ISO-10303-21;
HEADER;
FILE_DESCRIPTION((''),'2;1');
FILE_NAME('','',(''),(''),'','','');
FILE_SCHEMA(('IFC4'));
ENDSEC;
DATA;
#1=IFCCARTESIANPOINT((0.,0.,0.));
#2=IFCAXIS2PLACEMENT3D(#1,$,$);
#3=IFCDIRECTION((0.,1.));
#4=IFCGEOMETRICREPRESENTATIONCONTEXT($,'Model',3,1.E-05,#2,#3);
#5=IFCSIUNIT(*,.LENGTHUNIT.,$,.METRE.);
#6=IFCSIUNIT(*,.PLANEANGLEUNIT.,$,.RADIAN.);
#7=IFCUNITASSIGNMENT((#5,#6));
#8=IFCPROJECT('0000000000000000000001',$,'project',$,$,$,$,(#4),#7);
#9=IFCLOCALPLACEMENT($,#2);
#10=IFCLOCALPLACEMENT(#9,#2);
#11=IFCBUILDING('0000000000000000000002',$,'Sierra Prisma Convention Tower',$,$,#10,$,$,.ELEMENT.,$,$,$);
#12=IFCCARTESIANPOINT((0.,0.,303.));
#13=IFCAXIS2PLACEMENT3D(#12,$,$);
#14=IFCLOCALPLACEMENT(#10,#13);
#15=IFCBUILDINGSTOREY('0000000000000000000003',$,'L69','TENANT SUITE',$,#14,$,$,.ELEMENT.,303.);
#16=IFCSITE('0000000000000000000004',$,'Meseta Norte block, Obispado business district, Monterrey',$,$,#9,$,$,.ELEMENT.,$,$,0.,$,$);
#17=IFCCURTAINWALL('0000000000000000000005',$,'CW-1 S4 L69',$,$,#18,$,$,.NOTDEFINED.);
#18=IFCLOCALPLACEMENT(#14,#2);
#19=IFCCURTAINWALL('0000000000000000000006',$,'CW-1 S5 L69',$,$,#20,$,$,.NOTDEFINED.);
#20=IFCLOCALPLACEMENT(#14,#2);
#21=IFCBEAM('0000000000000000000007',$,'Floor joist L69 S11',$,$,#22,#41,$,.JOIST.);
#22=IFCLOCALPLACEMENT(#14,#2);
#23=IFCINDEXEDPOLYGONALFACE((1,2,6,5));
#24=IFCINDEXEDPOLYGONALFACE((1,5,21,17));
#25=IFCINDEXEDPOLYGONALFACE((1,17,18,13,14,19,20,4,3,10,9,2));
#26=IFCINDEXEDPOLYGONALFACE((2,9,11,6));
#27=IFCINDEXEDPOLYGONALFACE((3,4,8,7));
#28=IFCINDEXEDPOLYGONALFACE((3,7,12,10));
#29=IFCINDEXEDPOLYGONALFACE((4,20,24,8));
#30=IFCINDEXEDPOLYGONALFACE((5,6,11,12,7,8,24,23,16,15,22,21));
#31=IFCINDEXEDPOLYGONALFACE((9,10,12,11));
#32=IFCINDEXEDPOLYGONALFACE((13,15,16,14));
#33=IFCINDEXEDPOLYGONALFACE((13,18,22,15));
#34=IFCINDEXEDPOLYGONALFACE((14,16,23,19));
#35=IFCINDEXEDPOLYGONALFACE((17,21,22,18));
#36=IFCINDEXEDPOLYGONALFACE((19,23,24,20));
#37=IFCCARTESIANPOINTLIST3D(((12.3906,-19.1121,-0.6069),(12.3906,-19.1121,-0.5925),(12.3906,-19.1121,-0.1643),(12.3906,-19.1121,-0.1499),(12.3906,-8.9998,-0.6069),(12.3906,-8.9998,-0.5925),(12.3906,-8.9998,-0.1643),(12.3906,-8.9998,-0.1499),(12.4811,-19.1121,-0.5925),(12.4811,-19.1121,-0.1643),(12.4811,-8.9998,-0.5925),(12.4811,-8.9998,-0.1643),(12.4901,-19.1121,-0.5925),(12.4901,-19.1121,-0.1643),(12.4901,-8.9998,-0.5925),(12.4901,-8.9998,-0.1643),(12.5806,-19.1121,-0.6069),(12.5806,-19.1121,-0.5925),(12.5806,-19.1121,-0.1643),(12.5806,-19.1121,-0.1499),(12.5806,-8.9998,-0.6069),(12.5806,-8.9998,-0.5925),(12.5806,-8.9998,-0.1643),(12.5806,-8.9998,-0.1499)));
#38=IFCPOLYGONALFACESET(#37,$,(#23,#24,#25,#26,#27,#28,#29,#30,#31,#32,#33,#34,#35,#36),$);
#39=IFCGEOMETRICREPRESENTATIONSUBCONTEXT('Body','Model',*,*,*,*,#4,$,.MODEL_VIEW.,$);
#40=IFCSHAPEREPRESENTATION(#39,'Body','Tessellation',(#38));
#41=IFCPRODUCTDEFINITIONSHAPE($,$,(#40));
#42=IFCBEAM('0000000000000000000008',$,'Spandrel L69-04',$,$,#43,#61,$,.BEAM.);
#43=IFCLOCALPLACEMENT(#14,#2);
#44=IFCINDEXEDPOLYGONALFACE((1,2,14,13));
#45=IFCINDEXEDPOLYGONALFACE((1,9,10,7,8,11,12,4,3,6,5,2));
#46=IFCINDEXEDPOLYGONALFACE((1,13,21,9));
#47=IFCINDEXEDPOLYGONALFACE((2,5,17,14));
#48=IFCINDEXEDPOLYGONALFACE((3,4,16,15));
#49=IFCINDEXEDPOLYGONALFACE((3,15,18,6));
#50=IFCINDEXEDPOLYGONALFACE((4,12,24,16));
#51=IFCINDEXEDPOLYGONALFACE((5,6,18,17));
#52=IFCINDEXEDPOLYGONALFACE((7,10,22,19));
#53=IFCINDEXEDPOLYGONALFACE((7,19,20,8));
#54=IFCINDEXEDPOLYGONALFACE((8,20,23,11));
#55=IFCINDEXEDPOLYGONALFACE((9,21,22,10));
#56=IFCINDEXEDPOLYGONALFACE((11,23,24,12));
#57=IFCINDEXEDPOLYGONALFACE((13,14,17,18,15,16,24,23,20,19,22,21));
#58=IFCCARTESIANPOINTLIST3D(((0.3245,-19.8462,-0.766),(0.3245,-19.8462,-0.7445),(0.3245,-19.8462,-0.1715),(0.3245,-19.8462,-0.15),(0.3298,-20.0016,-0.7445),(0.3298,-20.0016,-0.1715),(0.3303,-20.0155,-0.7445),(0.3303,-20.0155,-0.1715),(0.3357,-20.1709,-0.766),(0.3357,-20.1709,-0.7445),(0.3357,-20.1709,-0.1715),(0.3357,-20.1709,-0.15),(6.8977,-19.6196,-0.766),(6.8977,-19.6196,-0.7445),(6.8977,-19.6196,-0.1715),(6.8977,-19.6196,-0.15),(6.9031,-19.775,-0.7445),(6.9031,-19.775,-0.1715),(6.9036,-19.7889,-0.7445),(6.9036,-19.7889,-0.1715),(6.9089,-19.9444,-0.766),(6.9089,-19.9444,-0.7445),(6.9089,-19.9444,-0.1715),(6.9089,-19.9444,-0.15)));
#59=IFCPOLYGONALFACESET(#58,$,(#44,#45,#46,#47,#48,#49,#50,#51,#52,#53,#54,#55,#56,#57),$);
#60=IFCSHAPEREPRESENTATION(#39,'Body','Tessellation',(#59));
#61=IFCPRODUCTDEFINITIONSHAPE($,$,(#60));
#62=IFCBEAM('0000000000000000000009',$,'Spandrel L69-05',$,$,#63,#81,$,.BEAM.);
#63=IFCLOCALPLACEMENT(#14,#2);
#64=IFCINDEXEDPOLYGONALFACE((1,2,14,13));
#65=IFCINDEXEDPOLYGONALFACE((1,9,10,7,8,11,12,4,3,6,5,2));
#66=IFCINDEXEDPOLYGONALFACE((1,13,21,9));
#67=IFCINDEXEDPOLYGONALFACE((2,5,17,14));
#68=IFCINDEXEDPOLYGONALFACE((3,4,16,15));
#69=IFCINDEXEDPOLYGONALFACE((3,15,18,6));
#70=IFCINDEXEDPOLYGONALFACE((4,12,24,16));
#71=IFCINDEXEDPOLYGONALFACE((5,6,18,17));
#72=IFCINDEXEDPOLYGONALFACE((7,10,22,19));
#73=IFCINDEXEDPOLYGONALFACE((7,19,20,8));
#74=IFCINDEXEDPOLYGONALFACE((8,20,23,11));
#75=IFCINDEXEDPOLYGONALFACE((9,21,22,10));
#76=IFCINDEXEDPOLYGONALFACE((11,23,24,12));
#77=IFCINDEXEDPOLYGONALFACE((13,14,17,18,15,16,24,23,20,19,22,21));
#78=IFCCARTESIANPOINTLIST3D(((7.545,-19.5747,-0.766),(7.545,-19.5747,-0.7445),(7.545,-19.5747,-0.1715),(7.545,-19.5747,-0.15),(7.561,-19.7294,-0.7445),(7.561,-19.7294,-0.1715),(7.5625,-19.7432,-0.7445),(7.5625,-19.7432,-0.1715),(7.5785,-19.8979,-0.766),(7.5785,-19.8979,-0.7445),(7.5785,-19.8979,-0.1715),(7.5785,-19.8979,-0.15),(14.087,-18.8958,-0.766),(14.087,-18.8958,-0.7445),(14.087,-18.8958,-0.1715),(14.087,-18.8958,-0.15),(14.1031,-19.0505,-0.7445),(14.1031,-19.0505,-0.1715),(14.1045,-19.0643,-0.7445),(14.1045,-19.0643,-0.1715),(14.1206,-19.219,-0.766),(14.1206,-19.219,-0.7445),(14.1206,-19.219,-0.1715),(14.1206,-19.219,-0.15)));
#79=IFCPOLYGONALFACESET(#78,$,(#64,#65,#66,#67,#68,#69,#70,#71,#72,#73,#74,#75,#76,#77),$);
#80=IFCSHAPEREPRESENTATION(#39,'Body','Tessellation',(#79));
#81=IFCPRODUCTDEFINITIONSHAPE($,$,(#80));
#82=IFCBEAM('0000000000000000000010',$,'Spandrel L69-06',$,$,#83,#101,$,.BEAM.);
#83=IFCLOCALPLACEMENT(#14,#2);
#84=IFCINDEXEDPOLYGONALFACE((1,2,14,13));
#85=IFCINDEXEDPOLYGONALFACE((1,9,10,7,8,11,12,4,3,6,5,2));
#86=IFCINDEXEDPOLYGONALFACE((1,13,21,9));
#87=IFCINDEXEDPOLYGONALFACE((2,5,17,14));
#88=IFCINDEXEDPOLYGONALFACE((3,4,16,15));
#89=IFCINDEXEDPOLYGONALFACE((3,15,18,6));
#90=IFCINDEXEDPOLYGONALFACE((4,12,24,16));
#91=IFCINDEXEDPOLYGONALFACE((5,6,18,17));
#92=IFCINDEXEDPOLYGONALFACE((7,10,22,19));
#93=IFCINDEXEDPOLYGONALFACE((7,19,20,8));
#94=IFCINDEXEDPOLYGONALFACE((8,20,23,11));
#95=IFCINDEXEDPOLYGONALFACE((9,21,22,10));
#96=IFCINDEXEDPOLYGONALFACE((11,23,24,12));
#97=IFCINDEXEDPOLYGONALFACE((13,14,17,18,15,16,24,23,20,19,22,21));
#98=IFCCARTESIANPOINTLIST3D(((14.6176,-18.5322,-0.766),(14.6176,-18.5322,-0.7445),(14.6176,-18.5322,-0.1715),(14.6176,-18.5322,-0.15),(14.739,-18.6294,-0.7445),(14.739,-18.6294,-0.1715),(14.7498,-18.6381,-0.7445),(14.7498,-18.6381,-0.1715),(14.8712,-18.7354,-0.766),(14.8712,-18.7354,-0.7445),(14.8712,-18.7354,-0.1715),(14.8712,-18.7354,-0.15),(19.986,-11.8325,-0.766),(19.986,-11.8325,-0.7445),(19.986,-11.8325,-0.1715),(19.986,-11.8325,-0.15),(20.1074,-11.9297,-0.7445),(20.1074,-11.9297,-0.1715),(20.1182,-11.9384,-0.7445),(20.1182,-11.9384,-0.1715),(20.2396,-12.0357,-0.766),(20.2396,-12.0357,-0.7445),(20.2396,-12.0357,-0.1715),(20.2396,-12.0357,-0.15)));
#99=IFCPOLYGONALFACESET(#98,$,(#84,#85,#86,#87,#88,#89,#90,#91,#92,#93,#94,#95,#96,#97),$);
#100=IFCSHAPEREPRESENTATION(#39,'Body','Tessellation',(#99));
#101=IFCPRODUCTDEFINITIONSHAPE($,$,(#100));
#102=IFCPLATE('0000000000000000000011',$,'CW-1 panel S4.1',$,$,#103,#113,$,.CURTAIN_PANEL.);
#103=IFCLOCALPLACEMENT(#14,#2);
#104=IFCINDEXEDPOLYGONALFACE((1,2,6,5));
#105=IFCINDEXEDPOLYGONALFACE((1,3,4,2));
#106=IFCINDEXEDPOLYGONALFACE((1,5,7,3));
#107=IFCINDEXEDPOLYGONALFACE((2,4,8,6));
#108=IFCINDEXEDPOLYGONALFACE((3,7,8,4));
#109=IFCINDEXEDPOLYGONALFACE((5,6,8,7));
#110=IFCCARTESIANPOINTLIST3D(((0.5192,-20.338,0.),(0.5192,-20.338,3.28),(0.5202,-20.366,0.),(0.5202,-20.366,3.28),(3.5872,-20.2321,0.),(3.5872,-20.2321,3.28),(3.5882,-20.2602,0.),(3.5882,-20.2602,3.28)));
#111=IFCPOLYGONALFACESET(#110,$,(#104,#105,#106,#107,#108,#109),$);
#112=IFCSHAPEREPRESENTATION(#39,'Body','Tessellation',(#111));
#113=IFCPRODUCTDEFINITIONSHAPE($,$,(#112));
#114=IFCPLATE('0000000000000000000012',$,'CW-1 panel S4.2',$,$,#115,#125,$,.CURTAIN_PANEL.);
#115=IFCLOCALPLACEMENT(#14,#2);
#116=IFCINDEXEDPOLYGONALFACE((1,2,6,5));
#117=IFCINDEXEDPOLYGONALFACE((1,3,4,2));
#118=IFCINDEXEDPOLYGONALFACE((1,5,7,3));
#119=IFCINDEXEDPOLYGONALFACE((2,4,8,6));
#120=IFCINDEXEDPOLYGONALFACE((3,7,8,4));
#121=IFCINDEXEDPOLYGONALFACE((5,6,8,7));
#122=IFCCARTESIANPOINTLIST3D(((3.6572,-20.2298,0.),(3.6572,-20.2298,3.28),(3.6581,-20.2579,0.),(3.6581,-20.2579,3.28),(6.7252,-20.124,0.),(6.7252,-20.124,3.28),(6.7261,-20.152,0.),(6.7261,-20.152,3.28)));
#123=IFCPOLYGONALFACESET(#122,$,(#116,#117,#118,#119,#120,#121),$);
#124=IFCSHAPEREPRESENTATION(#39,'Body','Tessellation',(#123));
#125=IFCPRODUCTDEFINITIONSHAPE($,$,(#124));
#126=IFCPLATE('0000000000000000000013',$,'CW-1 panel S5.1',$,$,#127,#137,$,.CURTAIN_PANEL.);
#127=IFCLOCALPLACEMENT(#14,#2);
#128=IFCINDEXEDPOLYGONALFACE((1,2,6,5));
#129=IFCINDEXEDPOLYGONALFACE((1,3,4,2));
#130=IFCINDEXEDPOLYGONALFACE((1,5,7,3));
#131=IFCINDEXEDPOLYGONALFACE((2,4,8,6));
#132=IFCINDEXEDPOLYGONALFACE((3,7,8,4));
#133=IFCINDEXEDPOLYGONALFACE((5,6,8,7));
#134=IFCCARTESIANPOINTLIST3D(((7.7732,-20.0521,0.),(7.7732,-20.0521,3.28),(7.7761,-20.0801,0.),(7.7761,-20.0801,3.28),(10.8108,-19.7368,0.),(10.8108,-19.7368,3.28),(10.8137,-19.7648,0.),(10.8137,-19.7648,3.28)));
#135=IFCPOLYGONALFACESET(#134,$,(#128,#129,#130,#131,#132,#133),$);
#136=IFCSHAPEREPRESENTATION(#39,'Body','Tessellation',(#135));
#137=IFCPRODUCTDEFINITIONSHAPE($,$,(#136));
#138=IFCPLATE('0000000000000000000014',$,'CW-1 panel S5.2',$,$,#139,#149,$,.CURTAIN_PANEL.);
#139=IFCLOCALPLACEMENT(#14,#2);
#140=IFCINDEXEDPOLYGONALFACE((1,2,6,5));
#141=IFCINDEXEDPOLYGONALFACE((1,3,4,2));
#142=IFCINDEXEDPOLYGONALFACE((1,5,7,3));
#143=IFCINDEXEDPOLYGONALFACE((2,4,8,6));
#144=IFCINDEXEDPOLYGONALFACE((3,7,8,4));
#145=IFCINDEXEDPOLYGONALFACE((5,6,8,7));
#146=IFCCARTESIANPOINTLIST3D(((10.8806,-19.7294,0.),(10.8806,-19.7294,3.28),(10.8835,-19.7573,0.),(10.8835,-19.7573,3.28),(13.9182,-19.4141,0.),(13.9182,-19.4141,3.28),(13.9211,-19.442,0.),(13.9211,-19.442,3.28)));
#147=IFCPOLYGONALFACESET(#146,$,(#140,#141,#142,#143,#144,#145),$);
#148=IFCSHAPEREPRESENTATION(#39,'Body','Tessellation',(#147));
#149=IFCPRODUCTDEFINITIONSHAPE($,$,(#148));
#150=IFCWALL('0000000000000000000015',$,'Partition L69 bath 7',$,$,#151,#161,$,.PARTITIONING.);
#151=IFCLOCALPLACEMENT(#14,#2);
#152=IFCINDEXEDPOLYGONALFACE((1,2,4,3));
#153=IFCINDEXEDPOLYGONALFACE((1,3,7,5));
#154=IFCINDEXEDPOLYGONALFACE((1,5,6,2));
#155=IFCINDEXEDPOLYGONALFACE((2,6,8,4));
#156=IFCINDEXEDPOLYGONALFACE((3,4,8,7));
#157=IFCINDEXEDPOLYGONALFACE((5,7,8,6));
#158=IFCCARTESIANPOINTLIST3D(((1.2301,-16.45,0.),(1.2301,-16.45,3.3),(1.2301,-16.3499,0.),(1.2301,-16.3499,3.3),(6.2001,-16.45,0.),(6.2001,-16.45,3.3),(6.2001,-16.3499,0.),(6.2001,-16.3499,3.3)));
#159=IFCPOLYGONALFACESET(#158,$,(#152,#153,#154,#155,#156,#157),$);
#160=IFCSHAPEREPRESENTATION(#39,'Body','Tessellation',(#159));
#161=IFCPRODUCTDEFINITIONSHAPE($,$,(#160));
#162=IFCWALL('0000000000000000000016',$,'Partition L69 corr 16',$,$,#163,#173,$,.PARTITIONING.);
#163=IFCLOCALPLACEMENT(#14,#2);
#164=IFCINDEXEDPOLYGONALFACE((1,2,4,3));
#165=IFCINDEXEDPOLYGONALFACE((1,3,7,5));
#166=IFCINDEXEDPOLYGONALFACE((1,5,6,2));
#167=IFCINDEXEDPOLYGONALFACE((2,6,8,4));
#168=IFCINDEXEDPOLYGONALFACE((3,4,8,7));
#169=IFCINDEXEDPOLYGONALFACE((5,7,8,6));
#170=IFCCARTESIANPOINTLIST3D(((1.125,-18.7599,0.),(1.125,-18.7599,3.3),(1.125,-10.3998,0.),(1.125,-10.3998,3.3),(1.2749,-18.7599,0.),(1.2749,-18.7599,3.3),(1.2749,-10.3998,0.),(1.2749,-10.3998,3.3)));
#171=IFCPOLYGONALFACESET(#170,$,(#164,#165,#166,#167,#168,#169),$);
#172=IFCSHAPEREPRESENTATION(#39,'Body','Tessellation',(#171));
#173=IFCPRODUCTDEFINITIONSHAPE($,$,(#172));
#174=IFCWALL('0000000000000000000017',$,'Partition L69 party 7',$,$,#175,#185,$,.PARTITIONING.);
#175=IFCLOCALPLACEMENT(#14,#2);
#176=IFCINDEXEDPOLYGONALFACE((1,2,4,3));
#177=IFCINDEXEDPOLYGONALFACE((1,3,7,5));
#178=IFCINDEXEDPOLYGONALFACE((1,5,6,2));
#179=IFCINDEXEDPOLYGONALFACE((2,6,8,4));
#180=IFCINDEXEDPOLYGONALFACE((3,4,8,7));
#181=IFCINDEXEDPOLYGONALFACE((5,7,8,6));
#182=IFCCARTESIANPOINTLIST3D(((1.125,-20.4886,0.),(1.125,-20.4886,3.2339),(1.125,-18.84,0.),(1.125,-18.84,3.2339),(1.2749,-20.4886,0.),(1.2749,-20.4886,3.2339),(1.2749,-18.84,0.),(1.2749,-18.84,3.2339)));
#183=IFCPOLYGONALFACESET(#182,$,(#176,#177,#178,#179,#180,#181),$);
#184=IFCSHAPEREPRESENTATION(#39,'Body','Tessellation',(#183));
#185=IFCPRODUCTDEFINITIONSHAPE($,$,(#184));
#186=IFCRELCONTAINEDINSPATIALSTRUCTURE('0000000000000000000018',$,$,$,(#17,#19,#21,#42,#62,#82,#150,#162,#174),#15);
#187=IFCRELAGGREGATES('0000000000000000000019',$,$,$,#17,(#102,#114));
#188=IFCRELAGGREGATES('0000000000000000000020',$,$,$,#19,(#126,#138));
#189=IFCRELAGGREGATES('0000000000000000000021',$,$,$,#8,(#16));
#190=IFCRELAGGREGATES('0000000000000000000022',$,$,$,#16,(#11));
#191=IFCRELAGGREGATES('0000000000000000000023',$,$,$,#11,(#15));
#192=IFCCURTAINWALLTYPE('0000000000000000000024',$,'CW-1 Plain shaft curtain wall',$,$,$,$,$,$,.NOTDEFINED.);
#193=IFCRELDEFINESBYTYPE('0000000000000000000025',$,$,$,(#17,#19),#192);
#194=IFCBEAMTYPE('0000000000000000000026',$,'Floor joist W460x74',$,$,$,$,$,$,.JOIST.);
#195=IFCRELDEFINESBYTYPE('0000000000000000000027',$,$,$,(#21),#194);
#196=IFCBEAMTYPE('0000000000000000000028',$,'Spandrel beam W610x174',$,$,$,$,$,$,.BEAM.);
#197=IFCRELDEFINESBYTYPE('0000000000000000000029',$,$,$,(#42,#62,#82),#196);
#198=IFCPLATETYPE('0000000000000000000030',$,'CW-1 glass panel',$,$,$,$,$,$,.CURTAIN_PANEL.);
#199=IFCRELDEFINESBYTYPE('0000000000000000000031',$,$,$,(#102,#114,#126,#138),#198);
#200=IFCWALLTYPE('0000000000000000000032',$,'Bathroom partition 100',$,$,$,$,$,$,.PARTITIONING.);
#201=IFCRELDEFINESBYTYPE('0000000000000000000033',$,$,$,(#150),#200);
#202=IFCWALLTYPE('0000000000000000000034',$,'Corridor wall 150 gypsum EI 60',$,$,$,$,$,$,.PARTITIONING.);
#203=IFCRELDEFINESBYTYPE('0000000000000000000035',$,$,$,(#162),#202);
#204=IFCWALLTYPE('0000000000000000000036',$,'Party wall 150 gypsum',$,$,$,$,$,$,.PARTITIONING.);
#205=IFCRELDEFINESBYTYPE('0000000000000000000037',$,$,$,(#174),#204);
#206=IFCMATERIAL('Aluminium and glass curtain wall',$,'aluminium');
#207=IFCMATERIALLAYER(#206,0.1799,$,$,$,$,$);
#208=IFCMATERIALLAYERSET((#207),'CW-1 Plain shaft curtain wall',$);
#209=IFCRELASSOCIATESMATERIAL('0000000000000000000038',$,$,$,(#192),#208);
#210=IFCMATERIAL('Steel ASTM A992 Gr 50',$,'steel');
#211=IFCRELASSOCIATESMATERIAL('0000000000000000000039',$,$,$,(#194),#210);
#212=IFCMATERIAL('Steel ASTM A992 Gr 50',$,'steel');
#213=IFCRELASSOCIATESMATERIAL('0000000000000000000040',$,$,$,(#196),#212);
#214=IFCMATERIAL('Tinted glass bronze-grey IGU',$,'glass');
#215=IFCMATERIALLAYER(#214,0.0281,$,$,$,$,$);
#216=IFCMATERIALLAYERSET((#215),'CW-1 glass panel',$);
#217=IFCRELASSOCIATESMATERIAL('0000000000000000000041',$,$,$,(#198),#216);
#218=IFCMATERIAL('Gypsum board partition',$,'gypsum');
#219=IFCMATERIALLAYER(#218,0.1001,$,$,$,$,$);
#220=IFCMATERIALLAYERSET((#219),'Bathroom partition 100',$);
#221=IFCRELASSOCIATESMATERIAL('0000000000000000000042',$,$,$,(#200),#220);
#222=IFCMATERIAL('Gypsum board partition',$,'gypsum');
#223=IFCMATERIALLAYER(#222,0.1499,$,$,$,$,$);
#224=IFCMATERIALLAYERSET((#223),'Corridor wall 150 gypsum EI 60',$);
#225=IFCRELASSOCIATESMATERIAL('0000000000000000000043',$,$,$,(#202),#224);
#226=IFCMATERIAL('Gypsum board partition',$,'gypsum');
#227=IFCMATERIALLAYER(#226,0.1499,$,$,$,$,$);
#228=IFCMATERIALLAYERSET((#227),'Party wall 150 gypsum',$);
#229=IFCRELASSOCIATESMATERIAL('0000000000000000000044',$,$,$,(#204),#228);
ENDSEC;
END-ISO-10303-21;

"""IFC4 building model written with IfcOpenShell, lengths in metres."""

from ifc_helpers import new_model, si_unit, direction, frame, frame_2d, origin, origin_2d, place, context, subcontext, project, spatial, rectangle, i_section, extrude, material, layer, layer_set, material_profile, profile_set, type_object, element, aggregate, save


model = new_model("IFC4")

# Units and contexts
model_context = context("Model", 3, precision=1e-05, world=origin(), true_north=direction((0.0, 1.0)))
body_context = subcontext(model_context, "Body", "Model", "MODEL_VIEW")
ifc_project = project(units=[si_unit("LENGTHUNIT", "METRE"), si_unit("PLANEANGLEUNIT", "RADIAN")], contexts=[model_context])

# Site, building, storey
site_placement = place(None, origin())
site = spatial("IfcSite", under=ifc_project, at=site_placement, Name="Meseta Norte block, Obispado business district, Monterrey", CompositionType="ELEMENT", RefElevation=0.0)
building_placement = place(site_placement, origin())
building = spatial("IfcBuilding", under=site, at=building_placement, Name="Sierra Prisma Convention Tower", CompositionType="ELEMENT")
storey_placement = place(building_placement, frame((0.0, 0.0, 303.0)))
storey = spatial("IfcBuildingStorey", under=building, at=storey_placement, Name="L69", Description="TENANT SUITE", CompositionType="ELEMENT", Elevation=303.0)

# Curtain walls
ifc_material_1 = material(Name="Aluminium and glass curtain wall", Category="aluminium")
ifc_layer_1 = layer(ifc_material_1, 0.1799)
ifc_layer_set_1 = layer_set([ifc_layer_1], Name="CW-1 Plain shaft curtain wall")
curtain_wall_type = type_object("IfcCurtainWallType", Name="CW-1 Plain shaft curtain wall", PredefinedType="NOTDEFINED", material=ifc_layer_set_1)
curtain_wall_1_placement = place(storey_placement, origin())
curtain_wall_1 = element("IfcCurtainWall", 1, at=curtain_wall_1_placement, inside=storey, type_object=curtain_wall_type, Name="CW-1 S4 L69", PredefinedType="NOTDEFINED")
curtain_wall_2_placement = place(storey_placement, origin())
curtain_wall_2 = element("IfcCurtainWall", 2, at=curtain_wall_2_placement, inside=storey, type_object=curtain_wall_type, Name="CW-1 S5 L69", PredefinedType="NOTDEFINED")

# Beams
ifc_material_2 = material(Name="Steel ASTM A992 Gr 50", Category="steel")
ifc_material_profile_1 = material_profile(ifc_material_2, i_section(OverallWidth=0.1899, OverallDepth=0.457, WebThickness=0.009, FlangeThickness=0.0144, at=origin_2d()), Name="W460x74")
ifc_profile_set_1 = profile_set([ifc_material_profile_1], Name="Steel ASTM A992 Gr 50")
beam_type_1 = type_object("IfcBeamType", Name="Floor joist W460x74", PredefinedType="JOIST", material=ifc_profile_set_1)
beam_1_placement = place(storey_placement, frame((12.4856, -19.1121, -0.3784), z_axis=(0.0, 1.0, 0.0), x_axis=(-1.0, 0.0, 0.0)))
element("IfcBeam", 3, at=beam_1_placement, inside=storey, type_object=beam_type_1, Name="Floor joist L69 S11", PredefinedType="JOIST", context=body_context, shape_type="SweptSolid", body=[
    extrude(i_section(OverallWidth=0.1899, OverallDepth=0.457, WebThickness=0.009, FlangeThickness=0.0144, at=origin_2d()), origin(), (0.0, 0.0, 1.0), 10.1123),
])
ifc_material_3 = material(Name="Steel ASTM A992 Gr 50", Category="steel")
ifc_material_profile_2 = material_profile(ifc_material_3, i_section(OverallWidth=0.325, OverallDepth=0.616, WebThickness=0.0139, FlangeThickness=0.0215, at=origin_2d()), Name="W610x174")
ifc_profile_set_2 = profile_set([ifc_material_profile_2], Name="Steel ASTM A992 Gr 50")
beam_type_2 = type_object("IfcBeamType", Name="Spandrel beam W610x174", PredefinedType="BEAM", material=ifc_profile_set_2)
for number, where, z_axis, x_axis, name in (
    (4, (0.3301, -20.0085, -0.458), (0.999407, 0.034447, 0.0), (-0.034447, 0.999407, 0.0), "Spandrel L69-04"),
    (5, (7.5618, -19.7363, -0.458), (0.994658, 0.10323, 0.0), (-0.10323, 0.994658, 0.0), "Spandrel L69-05"),
):
    element("IfcBeam", number, at=place(storey_placement, frame(where, z_axis=z_axis, x_axis=x_axis)), inside=storey, type_object=beam_type_2, Name=name, PredefinedType="BEAM", context=body_context, shape_type="SweptSolid", body=[
        extrude(i_section(OverallWidth=0.325, OverallDepth=0.616, WebThickness=0.0139, FlangeThickness=0.0215, at=origin_2d()), origin(), (0.0, 0.0, 1.0), 6.5771),
    ])
beam_2_placement = place(storey_placement, frame((14.7444, -18.6338, -0.458), z_axis=(0.625309, 0.780378, 0.0), x_axis=(-0.780378, 0.625309, 0.0)))
element("IfcBeam", 6, at=beam_2_placement, inside=storey, type_object=beam_type_2, Name="Spandrel L69-06", PredefinedType="BEAM", context=body_context, shape_type="SweptSolid", body=[
    extrude(i_section(OverallWidth=0.325, OverallDepth=0.616, WebThickness=0.0139, FlangeThickness=0.0215, at=origin_2d()), origin(), (0.0, 0.0, 1.0), 8.5852),
])

# Plates
ifc_material_4 = material(Name="Tinted glass bronze-grey IGU", Category="glass")
ifc_layer_2 = layer(ifc_material_4, 0.0281)
ifc_layer_set_2 = layer_set([ifc_layer_2], Name="CW-1 glass panel")
plate_type = type_object("IfcPlateType", Name="CW-1 glass panel", PredefinedType="CURTAIN_PANEL", material=ifc_layer_set_2)
plate_1_placement = place(storey_placement, frame((2.0537, -20.2991, 0.0), z_axis=(0.0, 0.0, 1.0), x_axis=(0.999406, 0.03447, 0.0)))
plate_1 = element("IfcPlate", 7, at=plate_1_placement, type_object=plate_type, Name="CW-1 panel S4.1", PredefinedType="CURTAIN_PANEL", context=body_context, shape_type="SweptSolid", body=[
    extrude(rectangle(XDim=3.0698, YDim=0.0281, at=origin_2d()), origin(), (0.0, 0.0, 1.0), 3.28),
])
plate_2_placement = place(storey_placement, frame((5.1917, -20.1909, 0.0), z_axis=(0.0, 0.0, 1.0), x_axis=(0.999406, 0.03447, 0.0)))
plate_2 = element("IfcPlate", 8, at=plate_2_placement, type_object=plate_type, Name="CW-1 panel S4.2", PredefinedType="CURTAIN_PANEL", context=body_context, shape_type="SweptSolid", body=[
    extrude(rectangle(XDim=3.0698, YDim=0.0281, at=origin_2d()), origin(), (0.0, 0.0, 1.0), 3.28),
])
aggregate(curtain_wall_1, [plate_1, plate_2])
plate_3_placement = place(storey_placement, frame((9.2935, -19.9084, 0.0), z_axis=(0.0, 0.0, 1.0), x_axis=(0.994656, 0.103246, 0.0)))
plate_3 = element("IfcPlate", 9, at=plate_3_placement, type_object=plate_type, Name="CW-1 panel S5.1", PredefinedType="CURTAIN_PANEL", context=body_context, shape_type="SweptSolid", body=[
    extrude(rectangle(XDim=3.054, YDim=0.0281, at=origin_2d()), origin(), (0.0, 0.0, 1.0), 3.28),
])
plate_4_placement = place(storey_placement, frame((12.4009, -19.5857, 0.0), z_axis=(0.0, 0.0, 1.0), x_axis=(0.994656, 0.103246, 0.0)))
plate_4 = element("IfcPlate", 10, at=plate_4_placement, type_object=plate_type, Name="CW-1 panel S5.2", PredefinedType="CURTAIN_PANEL", context=body_context, shape_type="SweptSolid", body=[
    extrude(rectangle(XDim=3.054, YDim=0.0281, at=origin_2d()), origin(), (0.0, 0.0, 1.0), 3.28),
])
aggregate(curtain_wall_2, [plate_3, plate_4])

# Walls
ifc_material_5 = material(Name="Gypsum board partition", Category="gypsum")
ifc_layer_3 = layer(ifc_material_5, 0.1001)
ifc_layer_set_3 = layer_set([ifc_layer_3], Name="Bathroom partition 100")
wall_type_1 = type_object("IfcWallType", Name="Bathroom partition 100", PredefinedType="PARTITIONING", material=ifc_layer_set_3)
wall_1_placement = place(storey_placement, frame((6.2, -16.3999, 0.0), z_axis=(0.0, 0.0, 1.0), x_axis=(-1.0, 0.0, 0.0)))
element("IfcWall", 11, at=wall_1_placement, inside=storey, type_object=wall_type_1, Name="Partition L69 bath 7", PredefinedType="PARTITIONING", context=body_context, shape_type="SweptSolid", body=[
    extrude(rectangle(XDim=4.97, YDim=0.1001, at=frame_2d((2.4849, 0.0))), origin(), (0.0, 0.0, 1.0), 3.3),
])
ifc_material_6 = material(Name="Gypsum board partition", Category="gypsum")
ifc_layer_4 = layer(ifc_material_6, 0.1499)
ifc_layer_set_4 = layer_set([ifc_layer_4], Name="Corridor wall 150 gypsum EI 60")
wall_type_2 = type_object("IfcWallType", Name="Corridor wall 150 gypsum EI 60", PredefinedType="PARTITIONING", material=ifc_layer_set_4)
wall_2_placement = place(storey_placement, frame((1.2, -18.76, 0.0), z_axis=(0.0, 0.0, 1.0), x_axis=(0.0, 1.0, 0.0)))
element("IfcWall", 12, at=wall_2_placement, inside=storey, type_object=wall_type_2, Name="Partition L69 corr 16", PredefinedType="PARTITIONING", context=body_context, shape_type="SweptSolid", body=[
    extrude(rectangle(XDim=8.3601, YDim=0.1499, at=frame_2d((4.1802, 0.0))), origin(), (0.0, 0.0, 1.0), 3.3),
])
ifc_material_7 = material(Name="Gypsum board partition", Category="gypsum")
ifc_layer_5 = layer(ifc_material_7, 0.1499)
ifc_layer_set_5 = layer_set([ifc_layer_5], Name="Party wall 150 gypsum")
wall_type_3 = type_object("IfcWallType", Name="Party wall 150 gypsum", PredefinedType="PARTITIONING", material=ifc_layer_set_5)
wall_3_placement = place(storey_placement, frame((1.2, -18.8401, 0.0), z_axis=(0.0, 0.0, 1.0), x_axis=(0.0, -1.0, 0.0)))
element("IfcWall", 13, at=wall_3_placement, inside=storey, type_object=wall_type_3, Name="Partition L69 party 7", PredefinedType="PARTITIONING", context=body_context, shape_type="SweptSolid", body=[
    extrude(rectangle(XDim=1.6487, YDim=0.1499, at=frame_2d((0.8242, 0.0))), origin(), (0.0, 0.0, 1.0), 3.2339),
])

save(model, "model.ifc")
